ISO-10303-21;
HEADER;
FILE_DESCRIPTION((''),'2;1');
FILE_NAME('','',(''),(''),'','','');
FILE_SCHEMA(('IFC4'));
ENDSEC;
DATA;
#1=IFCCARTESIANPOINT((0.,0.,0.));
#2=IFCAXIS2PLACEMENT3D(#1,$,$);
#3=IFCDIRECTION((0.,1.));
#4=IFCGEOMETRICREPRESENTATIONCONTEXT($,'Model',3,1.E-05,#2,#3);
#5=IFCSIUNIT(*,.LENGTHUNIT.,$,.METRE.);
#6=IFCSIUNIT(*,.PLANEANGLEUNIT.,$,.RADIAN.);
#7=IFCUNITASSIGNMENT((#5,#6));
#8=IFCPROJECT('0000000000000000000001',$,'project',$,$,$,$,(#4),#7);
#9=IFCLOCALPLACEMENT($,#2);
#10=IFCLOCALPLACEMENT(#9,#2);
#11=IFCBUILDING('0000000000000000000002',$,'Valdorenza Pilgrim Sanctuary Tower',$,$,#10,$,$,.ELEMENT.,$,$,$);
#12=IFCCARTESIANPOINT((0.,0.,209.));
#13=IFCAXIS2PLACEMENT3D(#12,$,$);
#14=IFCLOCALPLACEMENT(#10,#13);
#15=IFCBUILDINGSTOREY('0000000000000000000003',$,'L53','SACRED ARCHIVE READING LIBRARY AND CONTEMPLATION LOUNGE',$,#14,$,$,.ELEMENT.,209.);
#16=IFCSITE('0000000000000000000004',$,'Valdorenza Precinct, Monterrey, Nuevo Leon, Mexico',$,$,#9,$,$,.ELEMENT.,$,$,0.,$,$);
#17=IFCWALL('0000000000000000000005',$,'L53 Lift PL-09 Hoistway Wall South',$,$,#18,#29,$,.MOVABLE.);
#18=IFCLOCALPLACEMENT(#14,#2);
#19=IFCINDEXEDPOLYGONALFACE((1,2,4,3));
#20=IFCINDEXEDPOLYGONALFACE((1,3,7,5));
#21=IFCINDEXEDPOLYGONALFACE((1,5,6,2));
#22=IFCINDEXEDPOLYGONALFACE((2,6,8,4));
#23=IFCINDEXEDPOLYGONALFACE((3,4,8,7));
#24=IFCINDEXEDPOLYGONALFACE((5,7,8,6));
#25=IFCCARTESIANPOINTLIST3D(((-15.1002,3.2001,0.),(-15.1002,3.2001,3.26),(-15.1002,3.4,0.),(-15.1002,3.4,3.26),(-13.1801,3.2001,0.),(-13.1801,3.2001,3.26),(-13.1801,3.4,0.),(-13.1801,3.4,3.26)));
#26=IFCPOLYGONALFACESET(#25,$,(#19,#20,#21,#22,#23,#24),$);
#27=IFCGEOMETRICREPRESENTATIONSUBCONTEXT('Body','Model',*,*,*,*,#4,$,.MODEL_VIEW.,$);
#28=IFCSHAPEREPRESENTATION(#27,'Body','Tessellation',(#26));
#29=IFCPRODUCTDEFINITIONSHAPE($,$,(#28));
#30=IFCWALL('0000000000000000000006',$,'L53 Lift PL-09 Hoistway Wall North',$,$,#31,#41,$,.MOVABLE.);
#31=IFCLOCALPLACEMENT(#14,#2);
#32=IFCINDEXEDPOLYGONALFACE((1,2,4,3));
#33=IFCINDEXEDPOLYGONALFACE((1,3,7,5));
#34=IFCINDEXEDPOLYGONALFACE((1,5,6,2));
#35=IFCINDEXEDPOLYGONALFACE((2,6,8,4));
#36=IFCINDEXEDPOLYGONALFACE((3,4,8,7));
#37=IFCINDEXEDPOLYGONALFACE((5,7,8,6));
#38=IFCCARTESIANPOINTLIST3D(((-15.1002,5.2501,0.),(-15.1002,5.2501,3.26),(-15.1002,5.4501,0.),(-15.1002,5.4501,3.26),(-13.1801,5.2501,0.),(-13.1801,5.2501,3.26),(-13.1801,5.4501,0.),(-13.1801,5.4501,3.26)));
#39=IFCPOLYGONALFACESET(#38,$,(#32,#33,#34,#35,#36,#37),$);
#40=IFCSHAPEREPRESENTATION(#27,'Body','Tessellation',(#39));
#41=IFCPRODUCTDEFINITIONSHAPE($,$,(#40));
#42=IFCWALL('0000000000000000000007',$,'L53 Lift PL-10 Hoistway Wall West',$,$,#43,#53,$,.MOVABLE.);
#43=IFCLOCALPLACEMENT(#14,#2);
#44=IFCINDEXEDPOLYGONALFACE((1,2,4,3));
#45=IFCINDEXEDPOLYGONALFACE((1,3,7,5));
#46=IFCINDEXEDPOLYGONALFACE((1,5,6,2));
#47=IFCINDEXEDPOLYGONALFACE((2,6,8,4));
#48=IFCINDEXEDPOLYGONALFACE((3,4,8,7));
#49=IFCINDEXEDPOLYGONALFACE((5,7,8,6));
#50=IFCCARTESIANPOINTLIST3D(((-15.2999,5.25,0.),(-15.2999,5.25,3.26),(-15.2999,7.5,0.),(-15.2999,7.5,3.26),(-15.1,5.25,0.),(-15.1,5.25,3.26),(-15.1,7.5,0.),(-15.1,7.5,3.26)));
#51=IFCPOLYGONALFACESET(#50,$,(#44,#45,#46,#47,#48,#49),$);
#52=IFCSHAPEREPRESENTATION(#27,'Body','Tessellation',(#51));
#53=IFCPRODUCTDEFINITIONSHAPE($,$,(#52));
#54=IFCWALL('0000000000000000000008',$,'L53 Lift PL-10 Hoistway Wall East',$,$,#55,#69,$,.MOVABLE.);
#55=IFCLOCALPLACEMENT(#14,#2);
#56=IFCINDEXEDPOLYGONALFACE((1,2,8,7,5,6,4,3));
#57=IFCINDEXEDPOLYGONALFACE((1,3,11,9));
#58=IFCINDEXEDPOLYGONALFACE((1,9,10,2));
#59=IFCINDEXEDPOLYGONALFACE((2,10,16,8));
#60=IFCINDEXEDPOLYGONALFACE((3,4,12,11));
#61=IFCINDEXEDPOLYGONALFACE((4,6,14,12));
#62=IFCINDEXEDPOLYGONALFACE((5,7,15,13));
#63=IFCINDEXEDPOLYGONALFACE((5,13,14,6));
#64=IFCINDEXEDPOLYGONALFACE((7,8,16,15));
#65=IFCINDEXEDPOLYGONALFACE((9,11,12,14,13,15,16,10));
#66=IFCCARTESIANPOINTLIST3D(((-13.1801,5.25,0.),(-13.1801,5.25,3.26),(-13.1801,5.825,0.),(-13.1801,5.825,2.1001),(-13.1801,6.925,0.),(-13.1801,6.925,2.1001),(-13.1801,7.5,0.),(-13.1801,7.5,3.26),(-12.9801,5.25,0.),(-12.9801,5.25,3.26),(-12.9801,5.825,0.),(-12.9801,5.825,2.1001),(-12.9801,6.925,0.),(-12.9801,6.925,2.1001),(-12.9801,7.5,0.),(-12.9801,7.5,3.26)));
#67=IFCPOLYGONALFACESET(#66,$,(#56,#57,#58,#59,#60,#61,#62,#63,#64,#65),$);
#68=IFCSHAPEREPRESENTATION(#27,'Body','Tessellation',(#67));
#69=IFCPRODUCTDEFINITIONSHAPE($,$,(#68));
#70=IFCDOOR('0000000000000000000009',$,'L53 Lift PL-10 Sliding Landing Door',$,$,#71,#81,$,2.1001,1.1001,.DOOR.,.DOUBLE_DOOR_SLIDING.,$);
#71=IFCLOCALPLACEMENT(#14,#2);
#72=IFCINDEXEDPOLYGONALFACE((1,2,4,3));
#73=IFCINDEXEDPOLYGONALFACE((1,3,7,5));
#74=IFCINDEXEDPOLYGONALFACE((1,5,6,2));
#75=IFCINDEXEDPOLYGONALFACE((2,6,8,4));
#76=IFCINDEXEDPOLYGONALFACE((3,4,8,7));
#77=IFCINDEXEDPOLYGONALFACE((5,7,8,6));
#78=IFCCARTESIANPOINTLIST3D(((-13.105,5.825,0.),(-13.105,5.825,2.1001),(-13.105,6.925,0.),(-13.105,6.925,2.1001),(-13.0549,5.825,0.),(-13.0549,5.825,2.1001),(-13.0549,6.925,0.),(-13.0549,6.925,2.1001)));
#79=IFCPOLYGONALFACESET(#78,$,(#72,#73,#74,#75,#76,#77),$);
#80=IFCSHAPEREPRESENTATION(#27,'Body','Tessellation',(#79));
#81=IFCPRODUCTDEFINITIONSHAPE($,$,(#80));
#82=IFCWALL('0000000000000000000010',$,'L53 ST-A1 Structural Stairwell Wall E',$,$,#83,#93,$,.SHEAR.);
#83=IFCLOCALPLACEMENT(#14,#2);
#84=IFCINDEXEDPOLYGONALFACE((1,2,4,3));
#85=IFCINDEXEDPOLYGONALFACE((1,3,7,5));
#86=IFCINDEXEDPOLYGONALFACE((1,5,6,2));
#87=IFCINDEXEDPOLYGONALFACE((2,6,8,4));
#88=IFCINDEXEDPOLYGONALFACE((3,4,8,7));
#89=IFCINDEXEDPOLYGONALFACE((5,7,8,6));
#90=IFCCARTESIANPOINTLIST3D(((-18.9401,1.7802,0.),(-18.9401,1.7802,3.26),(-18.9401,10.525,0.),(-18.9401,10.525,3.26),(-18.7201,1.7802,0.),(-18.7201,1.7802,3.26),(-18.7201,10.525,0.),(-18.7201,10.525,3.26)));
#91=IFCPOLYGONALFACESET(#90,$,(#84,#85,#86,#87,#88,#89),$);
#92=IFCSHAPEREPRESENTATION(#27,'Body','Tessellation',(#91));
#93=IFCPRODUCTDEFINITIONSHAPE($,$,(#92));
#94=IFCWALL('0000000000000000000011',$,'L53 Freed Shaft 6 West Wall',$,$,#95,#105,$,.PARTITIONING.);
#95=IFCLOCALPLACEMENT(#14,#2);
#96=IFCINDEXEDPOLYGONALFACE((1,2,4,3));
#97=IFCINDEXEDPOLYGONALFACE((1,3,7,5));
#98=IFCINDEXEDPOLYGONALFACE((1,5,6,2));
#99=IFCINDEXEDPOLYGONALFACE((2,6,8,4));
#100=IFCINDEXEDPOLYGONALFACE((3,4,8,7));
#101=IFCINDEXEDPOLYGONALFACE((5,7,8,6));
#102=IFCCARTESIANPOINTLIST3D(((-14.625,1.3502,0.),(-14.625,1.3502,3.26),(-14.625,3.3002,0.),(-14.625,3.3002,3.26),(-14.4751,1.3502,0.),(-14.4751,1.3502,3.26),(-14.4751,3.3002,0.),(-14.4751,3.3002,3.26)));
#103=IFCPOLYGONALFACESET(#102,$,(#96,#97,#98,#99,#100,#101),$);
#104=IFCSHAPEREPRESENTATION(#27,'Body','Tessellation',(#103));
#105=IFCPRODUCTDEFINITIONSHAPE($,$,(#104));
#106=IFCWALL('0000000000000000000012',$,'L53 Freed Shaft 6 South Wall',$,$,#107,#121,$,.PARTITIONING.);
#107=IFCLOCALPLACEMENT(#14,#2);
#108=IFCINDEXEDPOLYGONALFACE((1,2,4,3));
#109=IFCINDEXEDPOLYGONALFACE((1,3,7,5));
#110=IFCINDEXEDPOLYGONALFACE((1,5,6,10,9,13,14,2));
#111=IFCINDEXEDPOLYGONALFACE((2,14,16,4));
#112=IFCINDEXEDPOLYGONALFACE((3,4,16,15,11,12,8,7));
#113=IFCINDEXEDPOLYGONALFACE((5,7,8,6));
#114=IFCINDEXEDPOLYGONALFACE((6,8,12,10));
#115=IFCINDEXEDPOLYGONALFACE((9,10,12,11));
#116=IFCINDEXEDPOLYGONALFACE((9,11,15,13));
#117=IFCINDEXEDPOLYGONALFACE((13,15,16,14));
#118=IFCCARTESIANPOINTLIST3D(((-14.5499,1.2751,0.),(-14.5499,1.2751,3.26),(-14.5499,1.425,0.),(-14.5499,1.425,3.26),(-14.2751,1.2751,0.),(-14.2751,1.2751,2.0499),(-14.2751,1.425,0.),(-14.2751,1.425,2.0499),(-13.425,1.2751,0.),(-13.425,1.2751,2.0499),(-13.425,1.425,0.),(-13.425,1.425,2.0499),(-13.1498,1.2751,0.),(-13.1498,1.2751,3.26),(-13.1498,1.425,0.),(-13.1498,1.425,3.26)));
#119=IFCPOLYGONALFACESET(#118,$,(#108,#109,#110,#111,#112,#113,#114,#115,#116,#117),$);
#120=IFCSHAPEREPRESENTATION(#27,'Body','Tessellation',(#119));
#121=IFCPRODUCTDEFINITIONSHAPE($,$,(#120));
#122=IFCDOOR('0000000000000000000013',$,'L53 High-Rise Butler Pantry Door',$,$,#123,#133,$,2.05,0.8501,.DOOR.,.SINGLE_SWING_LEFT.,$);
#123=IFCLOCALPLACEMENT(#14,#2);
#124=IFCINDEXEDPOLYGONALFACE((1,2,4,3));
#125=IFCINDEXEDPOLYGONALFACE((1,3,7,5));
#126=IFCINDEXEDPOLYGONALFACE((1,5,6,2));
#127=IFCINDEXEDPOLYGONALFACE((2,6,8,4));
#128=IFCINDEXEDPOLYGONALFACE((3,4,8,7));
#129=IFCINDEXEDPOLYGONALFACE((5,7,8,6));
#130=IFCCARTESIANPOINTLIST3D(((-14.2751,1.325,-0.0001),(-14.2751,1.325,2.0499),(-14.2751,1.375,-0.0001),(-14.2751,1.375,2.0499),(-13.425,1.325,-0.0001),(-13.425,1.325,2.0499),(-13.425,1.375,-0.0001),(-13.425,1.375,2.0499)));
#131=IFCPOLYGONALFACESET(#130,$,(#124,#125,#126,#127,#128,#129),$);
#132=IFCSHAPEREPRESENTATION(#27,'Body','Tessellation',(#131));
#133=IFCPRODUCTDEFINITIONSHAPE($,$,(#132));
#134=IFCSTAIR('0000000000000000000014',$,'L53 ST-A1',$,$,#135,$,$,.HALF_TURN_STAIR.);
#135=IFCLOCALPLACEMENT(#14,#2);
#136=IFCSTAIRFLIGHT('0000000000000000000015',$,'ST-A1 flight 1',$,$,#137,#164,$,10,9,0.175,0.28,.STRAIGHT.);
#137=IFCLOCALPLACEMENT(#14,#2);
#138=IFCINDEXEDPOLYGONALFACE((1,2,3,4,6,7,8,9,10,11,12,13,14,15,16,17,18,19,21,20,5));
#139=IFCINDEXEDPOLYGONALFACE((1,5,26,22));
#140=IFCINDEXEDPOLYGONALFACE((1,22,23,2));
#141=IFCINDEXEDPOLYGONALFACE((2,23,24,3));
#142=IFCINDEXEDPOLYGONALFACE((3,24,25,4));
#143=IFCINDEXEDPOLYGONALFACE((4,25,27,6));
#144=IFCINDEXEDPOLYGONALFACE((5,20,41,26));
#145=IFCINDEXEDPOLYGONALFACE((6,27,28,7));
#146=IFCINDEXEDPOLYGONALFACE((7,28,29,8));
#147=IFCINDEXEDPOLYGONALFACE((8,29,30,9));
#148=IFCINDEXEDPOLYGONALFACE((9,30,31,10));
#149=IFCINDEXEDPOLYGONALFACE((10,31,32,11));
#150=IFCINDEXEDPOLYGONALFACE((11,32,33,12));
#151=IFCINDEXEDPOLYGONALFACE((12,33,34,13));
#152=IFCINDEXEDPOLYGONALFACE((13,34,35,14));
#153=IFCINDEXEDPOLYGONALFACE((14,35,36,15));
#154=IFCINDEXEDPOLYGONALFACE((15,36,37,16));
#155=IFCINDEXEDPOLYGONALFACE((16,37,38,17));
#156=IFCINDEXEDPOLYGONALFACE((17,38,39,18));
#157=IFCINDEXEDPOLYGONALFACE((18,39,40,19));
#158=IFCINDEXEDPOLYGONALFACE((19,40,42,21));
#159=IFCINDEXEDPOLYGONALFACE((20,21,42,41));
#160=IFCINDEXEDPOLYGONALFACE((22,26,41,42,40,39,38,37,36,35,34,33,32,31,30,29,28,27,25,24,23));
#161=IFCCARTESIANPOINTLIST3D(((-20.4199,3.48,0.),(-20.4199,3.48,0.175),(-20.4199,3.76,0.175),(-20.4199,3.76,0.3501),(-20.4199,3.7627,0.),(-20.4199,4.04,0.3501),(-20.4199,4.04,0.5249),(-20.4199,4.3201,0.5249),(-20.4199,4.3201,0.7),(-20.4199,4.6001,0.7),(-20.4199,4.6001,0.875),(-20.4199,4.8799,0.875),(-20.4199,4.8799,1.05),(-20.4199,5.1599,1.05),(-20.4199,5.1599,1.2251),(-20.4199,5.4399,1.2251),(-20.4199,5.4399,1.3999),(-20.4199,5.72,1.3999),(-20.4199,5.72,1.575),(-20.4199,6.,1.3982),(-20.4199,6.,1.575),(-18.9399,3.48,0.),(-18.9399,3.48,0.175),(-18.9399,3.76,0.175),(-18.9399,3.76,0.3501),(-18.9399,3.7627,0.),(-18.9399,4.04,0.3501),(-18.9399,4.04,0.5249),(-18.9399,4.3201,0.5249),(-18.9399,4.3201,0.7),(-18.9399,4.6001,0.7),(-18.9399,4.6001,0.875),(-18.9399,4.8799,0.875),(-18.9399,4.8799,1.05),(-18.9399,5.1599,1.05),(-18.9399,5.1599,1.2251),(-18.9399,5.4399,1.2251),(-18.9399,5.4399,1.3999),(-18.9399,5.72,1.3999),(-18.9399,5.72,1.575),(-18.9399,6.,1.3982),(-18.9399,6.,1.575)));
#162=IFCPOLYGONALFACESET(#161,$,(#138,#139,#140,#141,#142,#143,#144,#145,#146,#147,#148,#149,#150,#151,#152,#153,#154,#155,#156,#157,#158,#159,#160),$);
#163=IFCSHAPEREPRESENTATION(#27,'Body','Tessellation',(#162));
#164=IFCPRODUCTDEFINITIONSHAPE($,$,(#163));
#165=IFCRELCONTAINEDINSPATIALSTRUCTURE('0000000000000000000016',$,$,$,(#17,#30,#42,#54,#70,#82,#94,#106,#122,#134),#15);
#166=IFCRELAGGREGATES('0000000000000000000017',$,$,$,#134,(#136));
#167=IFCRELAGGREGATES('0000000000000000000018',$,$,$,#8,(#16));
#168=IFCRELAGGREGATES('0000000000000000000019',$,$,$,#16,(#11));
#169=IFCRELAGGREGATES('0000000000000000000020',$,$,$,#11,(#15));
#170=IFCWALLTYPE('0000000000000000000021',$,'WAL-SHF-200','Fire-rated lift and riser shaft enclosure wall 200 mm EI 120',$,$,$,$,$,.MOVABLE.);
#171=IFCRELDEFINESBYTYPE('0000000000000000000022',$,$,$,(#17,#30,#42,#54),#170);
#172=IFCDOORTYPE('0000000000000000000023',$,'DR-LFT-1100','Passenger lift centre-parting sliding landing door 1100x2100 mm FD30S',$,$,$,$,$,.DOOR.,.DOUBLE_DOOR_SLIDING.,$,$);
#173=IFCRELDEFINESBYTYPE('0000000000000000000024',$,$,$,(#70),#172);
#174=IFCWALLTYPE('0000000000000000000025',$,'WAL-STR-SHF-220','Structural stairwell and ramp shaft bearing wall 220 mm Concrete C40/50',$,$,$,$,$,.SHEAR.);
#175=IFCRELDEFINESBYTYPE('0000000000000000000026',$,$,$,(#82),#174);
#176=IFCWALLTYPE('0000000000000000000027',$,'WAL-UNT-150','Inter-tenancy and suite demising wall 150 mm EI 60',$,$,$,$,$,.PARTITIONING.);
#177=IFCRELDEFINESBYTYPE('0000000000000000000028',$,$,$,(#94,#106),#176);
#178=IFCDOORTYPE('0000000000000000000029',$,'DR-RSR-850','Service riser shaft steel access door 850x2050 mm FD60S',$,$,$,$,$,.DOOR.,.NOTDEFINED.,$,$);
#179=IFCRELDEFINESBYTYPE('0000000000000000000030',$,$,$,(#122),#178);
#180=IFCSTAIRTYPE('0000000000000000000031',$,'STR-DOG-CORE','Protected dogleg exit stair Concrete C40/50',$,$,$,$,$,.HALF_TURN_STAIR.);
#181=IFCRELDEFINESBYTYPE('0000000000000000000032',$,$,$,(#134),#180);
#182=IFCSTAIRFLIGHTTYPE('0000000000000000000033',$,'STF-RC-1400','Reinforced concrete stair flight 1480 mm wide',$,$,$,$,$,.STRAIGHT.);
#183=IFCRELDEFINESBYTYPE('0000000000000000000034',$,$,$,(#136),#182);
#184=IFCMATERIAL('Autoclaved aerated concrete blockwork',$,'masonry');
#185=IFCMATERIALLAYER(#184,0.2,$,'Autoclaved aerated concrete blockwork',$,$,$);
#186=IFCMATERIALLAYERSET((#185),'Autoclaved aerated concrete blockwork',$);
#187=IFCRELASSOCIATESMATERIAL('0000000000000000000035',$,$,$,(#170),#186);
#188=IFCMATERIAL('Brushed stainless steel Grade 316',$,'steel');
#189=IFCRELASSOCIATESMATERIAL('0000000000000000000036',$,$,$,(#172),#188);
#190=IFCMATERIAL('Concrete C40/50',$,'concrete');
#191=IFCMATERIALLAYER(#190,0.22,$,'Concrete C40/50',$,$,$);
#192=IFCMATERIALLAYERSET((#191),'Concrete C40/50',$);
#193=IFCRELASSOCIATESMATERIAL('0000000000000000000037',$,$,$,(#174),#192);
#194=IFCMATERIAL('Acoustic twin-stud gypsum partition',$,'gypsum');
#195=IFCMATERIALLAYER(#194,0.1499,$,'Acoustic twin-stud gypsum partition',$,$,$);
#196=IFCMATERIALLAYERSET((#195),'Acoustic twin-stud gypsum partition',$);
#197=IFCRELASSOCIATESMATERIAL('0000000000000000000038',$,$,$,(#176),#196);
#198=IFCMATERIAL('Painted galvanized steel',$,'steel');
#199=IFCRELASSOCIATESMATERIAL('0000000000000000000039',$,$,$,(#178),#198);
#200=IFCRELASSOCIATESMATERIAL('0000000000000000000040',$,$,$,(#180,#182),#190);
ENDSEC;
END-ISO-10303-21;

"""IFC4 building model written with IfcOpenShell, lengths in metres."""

from ifc_helpers import new_model, si_unit, direction, frame, frame_2d, origin, place, context, subcontext, project, spatial, polyline, rectangle, outline, extrude, material, layer, layer_set, type_object, element, fill, aggregate, save


model = new_model("IFC4")

# Units and contexts
model_context = context("Model", 3, precision=1e-05, world=origin(), true_north=direction((0.0, 1.0)))
body_context = subcontext(model_context, "Body", "Model", "MODEL_VIEW")
ifc_project = project(units=[si_unit("LENGTHUNIT", "METRE"), si_unit("PLANEANGLEUNIT", "RADIAN")], contexts=[model_context])

# Site, building, storey
site_placement = place(None, origin())
site = spatial("IfcSite", under=ifc_project, at=site_placement, Name="Valdorenza Precinct, Monterrey, Nuevo Leon, Mexico", CompositionType="ELEMENT", RefElevation=0.0)
building_placement = place(site_placement, origin())
building = spatial("IfcBuilding", under=site, at=building_placement, Name="Valdorenza Pilgrim Sanctuary Tower", CompositionType="ELEMENT")
storey_placement = place(building_placement, frame((0.0, 0.0, 209.0)))
storey = spatial("IfcBuildingStorey", under=building, at=storey_placement, Name="L53", Description="SACRED ARCHIVE READING LIBRARY AND CONTEMPLATION LOUNGE", CompositionType="ELEMENT", Elevation=209.0)

# Shared definitions
ifc_material_1 = material(Name="Acoustic twin-stud gypsum partition", Category="gypsum")

# Shared definitions
ifc_material_2 = material(Name="Autoclaved aerated concrete blockwork", Category="masonry")
ifc_layer_1 = layer(ifc_material_2, 0.2, Name="Autoclaved aerated concrete blockwork")
ifc_layer_set_1 = layer_set([ifc_layer_1], Name="Autoclaved aerated concrete blockwork")
wall_type_1 = type_object("IfcWallType", Name="WAL-SHF-200", Description="Fire-rated lift and riser shaft enclosure wall 200 mm EI 120", PredefinedType="MOVABLE", material=ifc_layer_set_1)

# Shared definitions
ifc_material_3 = material(Name="Brushed stainless steel Grade 316", Category="steel")

# Shared definitions
door_type_1 = type_object("IfcDoorType", Name="DR-LFT-1100", Description="Passenger lift centre-parting sliding landing door 1100x2100 mm FD30S", OperationType="DOUBLE_DOOR_SLIDING", PredefinedType="DOOR", material=ifc_material_3)

# Walls
for number, where, z_axis, x_axis, name in (
    (1, (-15.1001, 3.3, 0.0), (0.0, 0.0, 1.0), (1.0, 0.0, 0.0), "L53 Lift PL-09 Hoistway Wall South"),
    (2, (-15.1001, 5.3501, 0.0), (0.0, 0.0, 1.0), (1.0, 0.0, 0.0), "L53 Lift PL-09 Hoistway Wall North"),
):
    element("IfcWall", number, at=place(storey_placement, frame(where, z_axis=z_axis, x_axis=x_axis)), inside=storey, type_object=wall_type_1, Name=name, PredefinedType="MOVABLE", context=body_context, shape_type="SweptSolid", body=[
        extrude(rectangle(XDim=1.9202, YDim=0.2, at=frame_2d((0.96, 0.0))), origin(), (0.0, 0.0, 1.0), 3.26),
    ])
wall_1_placement = place(storey_placement, frame((-15.2, 5.25, 0.0), z_axis=(0.0, 0.0, 1.0), x_axis=(0.0, 1.0, 0.0)))
element("IfcWall", 3, at=wall_1_placement, inside=storey, type_object=wall_type_1, Name="L53 Lift PL-10 Hoistway Wall West", PredefinedType="MOVABLE", context=body_context, shape_type="SweptSolid", body=[
    extrude(rectangle(XDim=2.25, YDim=0.2, at=frame_2d((1.125, 0.0))), origin(), (0.0, 0.0, 1.0), 3.26),
])

# Wall, opening, door
wall_2_placement = place(storey_placement, frame((-13.0801, 5.25, 0.0), z_axis=(0.0, 0.0, 1.0), x_axis=(0.0, 1.0, 0.0)))
wall_2 = element("IfcWall", 4, at=wall_2_placement, inside=storey, type_object=wall_type_1, Name="L53 Lift PL-10 Hoistway Wall East", PredefinedType="MOVABLE", context=body_context, shape_type="SweptSolid", body=[
    extrude(rectangle(XDim=2.25, YDim=0.2, at=frame_2d((1.125, 0.0))), origin(), (0.0, 0.0, 1.0), 3.26),
])
opening_1_placement = place(wall_2_placement, frame((0.575, 0.0, 0.0)))
opening_1 = element("IfcOpeningElement", 5, at=opening_1_placement, cuts=wall_2, PredefinedType="OPENING", context=body_context, shape_type="SweptSolid", body=[
    extrude(rectangle(XDim=1.1001, YDim=2.1001, at=frame_2d((0.55, 1.05))), frame((0.0, 0.1147, 0.0), z_axis=(0.0, -1.0, 0.0), x_axis=(1.0, 0.0, 0.0)), (0.0, 0.0, 1.0), 0.2297),
])
door_1_placement = place(opening_1_placement, origin())
door_1 = element("IfcDoor", 6, at=door_1_placement, inside=storey, type_object=door_type_1, Name="L53 Lift PL-10 Sliding Landing Door", OperationType="DOUBLE_DOOR_SLIDING", OverallHeight=2.1001, OverallWidth=1.1001, PredefinedType="DOOR", context=body_context, shape_type="SweptSolid", body=[
    extrude(rectangle(XDim=1.1001, YDim=2.1001, at=frame_2d((0.55, 1.05))), frame((0.0, 0.0249, 0.0), z_axis=(0.0, -1.0, 0.0), x_axis=(1.0, 0.0, 0.0)), (0.0, 0.0, 1.0), 0.05),
])
fill(opening_1, door_1)

# Walls
ifc_material_4 = material(Name="Concrete C40/50", Category="concrete")
ifc_layer_2 = layer(ifc_material_4, 0.22, Name="Concrete C40/50")
ifc_layer_set_2 = layer_set([ifc_layer_2], Name="Concrete C40/50")
wall_type_2 = type_object("IfcWallType", Name="WAL-STR-SHF-220", Description="Structural stairwell and ramp shaft bearing wall 220 mm Concrete C40/50", PredefinedType="SHEAR", material=ifc_layer_set_2)
wall_3_placement = place(storey_placement, frame((-18.8301, 1.78, 0.0), z_axis=(0.0, 0.0, 1.0), x_axis=(0.0, 1.0, 0.0)))
element("IfcWall", 7, at=wall_3_placement, inside=storey, type_object=wall_type_2, Name="L53 ST-A1 Structural Stairwell Wall E", PredefinedType="SHEAR", context=body_context, shape_type="SweptSolid", body=[
    extrude(rectangle(XDim=8.7449, YDim=0.22, at=frame_2d((4.3726, 0.0))), origin(), (0.0, 0.0, 1.0), 3.26),
])
ifc_layer_3 = layer(ifc_material_1, 0.1499, Name="Acoustic twin-stud gypsum partition")
ifc_layer_set_3 = layer_set([ifc_layer_3], Name="Acoustic twin-stud gypsum partition")
wall_type_3 = type_object("IfcWallType", Name="WAL-UNT-150", Description="Inter-tenancy and suite demising wall 150 mm EI 60", PredefinedType="PARTITIONING", material=ifc_layer_set_3)
wall_4_placement = place(storey_placement, frame((-14.55, 1.3501, 0.0), z_axis=(0.0, 0.0, 1.0), x_axis=(0.0, 1.0, 0.0)))
element("IfcWall", 8, at=wall_4_placement, inside=storey, type_object=wall_type_3, Name="L53 Freed Shaft 6 West Wall", PredefinedType="PARTITIONING", context=body_context, shape_type="SweptSolid", body=[
    extrude(rectangle(XDim=1.95, YDim=0.1499, at=frame_2d((0.9751, 0.0))), origin(), (0.0, 0.0, 1.0), 3.26),
])

# Wall, opening, door
wall_5_placement = place(storey_placement, frame((-14.55, 1.3501, 0.0), z_axis=(0.0, 0.0, 1.0), x_axis=(1.0, 0.0, 0.0)))
wall_5 = element("IfcWall", 9, at=wall_5_placement, inside=storey, type_object=wall_type_3, Name="L53 Freed Shaft 6 South Wall", PredefinedType="PARTITIONING", context=body_context, shape_type="SweptSolid", body=[
    extrude(rectangle(XDim=1.4001, YDim=0.1499, at=frame_2d((0.7002, 0.0))), origin(), (0.0, 0.0, 1.0), 3.26),
])
opening_2_placement = place(wall_5_placement, frame((0.2749, 0.0, 0.0)))
opening_2 = element("IfcOpeningElement", 10, at=opening_2_placement, cuts=wall_5, PredefinedType="OPENING", context=body_context, shape_type="SweptSolid", body=[
    extrude(rectangle(XDim=0.8501, YDim=2.05, at=frame_2d((0.425, 1.0249))), frame((0.0, 0.0898, 0.0), z_axis=(0.0, -1.0, 0.0), x_axis=(1.0, 0.0, 0.0)), (0.0, 0.0, 1.0), 0.1797),
])
ifc_material_5 = material(Name="Painted galvanized steel", Category="steel")
door_type_2 = type_object("IfcDoorType", Name="DR-RSR-850", Description="Service riser shaft steel access door 850x2050 mm FD60S", OperationType="NOTDEFINED", PredefinedType="DOOR", material=ifc_material_5)
door_2_placement = place(opening_2_placement, origin())
door_2 = element("IfcDoor", 11, at=door_2_placement, inside=storey, type_object=door_type_2, Name="L53 High-Rise Butler Pantry Door", OperationType="SINGLE_SWING_LEFT", OverallHeight=2.05, OverallWidth=0.8501, PredefinedType="DOOR", context=body_context, shape_type="SweptSolid", body=[
    extrude(rectangle(XDim=0.8501, YDim=2.05, at=frame_2d((0.425, 1.0249))), frame((0.0, 0.0249, 0.0), z_axis=(0.0, -1.0, 0.0), x_axis=(1.0, 0.0, 0.0)), (0.0, 0.0, 1.0), 0.05),
])
fill(opening_2, door_2)

# Stair, stair flight
stair_type = type_object("IfcStairType", Name="STR-DOG-CORE", Description="Protected dogleg exit stair Concrete C40/50", PredefinedType="HALF_TURN_STAIR", material=ifc_material_4)
stair_placement = place(storey_placement, origin())
stair = element("IfcStair", 12, at=stair_placement, inside=storey, type_object=stair_type, Name="L53 ST-A1", PredefinedType="HALF_TURN_STAIR")
stair_flight_type = type_object("IfcStairFlightType", Name="STF-RC-1400", Description="Reinforced concrete stair flight 1480 mm wide", PredefinedType="STRAIGHT", material=ifc_material_4)
stair_flight_placement = place(storey_placement, frame((-19.6799, 3.48, 0.0), z_axis=(0.0, 0.0, 1.0), x_axis=(0.0, 1.0, 0.0)))
stair_flight = element("IfcStairFlight", 13, at=stair_flight_placement, type_object=stair_flight_type, Name="ST-A1 flight 1", NumberOfRisers=10, NumberOfTreads=9, PredefinedType="STRAIGHT", RiserHeight=0.175, TreadLength=0.28, context=body_context, shape_type="SweptSolid", body=[
    extrude(outline(polyline([(0.0, 0.0), (0.0, 0.175), (0.28, 0.175), (0.28, 0.3501), (0.5601, 0.3501), (0.5601, 0.5249), (0.8401, 0.5249), (0.8401, 0.7), (1.1201, 0.7), (1.1201, 0.875), (1.3999, 0.875), (1.3999, 1.05), (1.6799, 1.05), (1.6799, 1.2251), (1.96, 1.2251), (1.96, 1.3999), (2.24, 1.3999), (2.24, 1.575), (2.52, 1.575), (2.52, 1.75), (2.52, 1.3982), (0.2827, 0.0), (0.0, 0.0)])), frame((0.0, 0.74, 0.0), z_axis=(0.0, -1.0, 0.0), x_axis=(1.0, 0.0, 0.0)), (0.0, 0.0, 1.0), 1.48),
])
aggregate(stair, [stair_flight])

save(model, "model.ifc")
